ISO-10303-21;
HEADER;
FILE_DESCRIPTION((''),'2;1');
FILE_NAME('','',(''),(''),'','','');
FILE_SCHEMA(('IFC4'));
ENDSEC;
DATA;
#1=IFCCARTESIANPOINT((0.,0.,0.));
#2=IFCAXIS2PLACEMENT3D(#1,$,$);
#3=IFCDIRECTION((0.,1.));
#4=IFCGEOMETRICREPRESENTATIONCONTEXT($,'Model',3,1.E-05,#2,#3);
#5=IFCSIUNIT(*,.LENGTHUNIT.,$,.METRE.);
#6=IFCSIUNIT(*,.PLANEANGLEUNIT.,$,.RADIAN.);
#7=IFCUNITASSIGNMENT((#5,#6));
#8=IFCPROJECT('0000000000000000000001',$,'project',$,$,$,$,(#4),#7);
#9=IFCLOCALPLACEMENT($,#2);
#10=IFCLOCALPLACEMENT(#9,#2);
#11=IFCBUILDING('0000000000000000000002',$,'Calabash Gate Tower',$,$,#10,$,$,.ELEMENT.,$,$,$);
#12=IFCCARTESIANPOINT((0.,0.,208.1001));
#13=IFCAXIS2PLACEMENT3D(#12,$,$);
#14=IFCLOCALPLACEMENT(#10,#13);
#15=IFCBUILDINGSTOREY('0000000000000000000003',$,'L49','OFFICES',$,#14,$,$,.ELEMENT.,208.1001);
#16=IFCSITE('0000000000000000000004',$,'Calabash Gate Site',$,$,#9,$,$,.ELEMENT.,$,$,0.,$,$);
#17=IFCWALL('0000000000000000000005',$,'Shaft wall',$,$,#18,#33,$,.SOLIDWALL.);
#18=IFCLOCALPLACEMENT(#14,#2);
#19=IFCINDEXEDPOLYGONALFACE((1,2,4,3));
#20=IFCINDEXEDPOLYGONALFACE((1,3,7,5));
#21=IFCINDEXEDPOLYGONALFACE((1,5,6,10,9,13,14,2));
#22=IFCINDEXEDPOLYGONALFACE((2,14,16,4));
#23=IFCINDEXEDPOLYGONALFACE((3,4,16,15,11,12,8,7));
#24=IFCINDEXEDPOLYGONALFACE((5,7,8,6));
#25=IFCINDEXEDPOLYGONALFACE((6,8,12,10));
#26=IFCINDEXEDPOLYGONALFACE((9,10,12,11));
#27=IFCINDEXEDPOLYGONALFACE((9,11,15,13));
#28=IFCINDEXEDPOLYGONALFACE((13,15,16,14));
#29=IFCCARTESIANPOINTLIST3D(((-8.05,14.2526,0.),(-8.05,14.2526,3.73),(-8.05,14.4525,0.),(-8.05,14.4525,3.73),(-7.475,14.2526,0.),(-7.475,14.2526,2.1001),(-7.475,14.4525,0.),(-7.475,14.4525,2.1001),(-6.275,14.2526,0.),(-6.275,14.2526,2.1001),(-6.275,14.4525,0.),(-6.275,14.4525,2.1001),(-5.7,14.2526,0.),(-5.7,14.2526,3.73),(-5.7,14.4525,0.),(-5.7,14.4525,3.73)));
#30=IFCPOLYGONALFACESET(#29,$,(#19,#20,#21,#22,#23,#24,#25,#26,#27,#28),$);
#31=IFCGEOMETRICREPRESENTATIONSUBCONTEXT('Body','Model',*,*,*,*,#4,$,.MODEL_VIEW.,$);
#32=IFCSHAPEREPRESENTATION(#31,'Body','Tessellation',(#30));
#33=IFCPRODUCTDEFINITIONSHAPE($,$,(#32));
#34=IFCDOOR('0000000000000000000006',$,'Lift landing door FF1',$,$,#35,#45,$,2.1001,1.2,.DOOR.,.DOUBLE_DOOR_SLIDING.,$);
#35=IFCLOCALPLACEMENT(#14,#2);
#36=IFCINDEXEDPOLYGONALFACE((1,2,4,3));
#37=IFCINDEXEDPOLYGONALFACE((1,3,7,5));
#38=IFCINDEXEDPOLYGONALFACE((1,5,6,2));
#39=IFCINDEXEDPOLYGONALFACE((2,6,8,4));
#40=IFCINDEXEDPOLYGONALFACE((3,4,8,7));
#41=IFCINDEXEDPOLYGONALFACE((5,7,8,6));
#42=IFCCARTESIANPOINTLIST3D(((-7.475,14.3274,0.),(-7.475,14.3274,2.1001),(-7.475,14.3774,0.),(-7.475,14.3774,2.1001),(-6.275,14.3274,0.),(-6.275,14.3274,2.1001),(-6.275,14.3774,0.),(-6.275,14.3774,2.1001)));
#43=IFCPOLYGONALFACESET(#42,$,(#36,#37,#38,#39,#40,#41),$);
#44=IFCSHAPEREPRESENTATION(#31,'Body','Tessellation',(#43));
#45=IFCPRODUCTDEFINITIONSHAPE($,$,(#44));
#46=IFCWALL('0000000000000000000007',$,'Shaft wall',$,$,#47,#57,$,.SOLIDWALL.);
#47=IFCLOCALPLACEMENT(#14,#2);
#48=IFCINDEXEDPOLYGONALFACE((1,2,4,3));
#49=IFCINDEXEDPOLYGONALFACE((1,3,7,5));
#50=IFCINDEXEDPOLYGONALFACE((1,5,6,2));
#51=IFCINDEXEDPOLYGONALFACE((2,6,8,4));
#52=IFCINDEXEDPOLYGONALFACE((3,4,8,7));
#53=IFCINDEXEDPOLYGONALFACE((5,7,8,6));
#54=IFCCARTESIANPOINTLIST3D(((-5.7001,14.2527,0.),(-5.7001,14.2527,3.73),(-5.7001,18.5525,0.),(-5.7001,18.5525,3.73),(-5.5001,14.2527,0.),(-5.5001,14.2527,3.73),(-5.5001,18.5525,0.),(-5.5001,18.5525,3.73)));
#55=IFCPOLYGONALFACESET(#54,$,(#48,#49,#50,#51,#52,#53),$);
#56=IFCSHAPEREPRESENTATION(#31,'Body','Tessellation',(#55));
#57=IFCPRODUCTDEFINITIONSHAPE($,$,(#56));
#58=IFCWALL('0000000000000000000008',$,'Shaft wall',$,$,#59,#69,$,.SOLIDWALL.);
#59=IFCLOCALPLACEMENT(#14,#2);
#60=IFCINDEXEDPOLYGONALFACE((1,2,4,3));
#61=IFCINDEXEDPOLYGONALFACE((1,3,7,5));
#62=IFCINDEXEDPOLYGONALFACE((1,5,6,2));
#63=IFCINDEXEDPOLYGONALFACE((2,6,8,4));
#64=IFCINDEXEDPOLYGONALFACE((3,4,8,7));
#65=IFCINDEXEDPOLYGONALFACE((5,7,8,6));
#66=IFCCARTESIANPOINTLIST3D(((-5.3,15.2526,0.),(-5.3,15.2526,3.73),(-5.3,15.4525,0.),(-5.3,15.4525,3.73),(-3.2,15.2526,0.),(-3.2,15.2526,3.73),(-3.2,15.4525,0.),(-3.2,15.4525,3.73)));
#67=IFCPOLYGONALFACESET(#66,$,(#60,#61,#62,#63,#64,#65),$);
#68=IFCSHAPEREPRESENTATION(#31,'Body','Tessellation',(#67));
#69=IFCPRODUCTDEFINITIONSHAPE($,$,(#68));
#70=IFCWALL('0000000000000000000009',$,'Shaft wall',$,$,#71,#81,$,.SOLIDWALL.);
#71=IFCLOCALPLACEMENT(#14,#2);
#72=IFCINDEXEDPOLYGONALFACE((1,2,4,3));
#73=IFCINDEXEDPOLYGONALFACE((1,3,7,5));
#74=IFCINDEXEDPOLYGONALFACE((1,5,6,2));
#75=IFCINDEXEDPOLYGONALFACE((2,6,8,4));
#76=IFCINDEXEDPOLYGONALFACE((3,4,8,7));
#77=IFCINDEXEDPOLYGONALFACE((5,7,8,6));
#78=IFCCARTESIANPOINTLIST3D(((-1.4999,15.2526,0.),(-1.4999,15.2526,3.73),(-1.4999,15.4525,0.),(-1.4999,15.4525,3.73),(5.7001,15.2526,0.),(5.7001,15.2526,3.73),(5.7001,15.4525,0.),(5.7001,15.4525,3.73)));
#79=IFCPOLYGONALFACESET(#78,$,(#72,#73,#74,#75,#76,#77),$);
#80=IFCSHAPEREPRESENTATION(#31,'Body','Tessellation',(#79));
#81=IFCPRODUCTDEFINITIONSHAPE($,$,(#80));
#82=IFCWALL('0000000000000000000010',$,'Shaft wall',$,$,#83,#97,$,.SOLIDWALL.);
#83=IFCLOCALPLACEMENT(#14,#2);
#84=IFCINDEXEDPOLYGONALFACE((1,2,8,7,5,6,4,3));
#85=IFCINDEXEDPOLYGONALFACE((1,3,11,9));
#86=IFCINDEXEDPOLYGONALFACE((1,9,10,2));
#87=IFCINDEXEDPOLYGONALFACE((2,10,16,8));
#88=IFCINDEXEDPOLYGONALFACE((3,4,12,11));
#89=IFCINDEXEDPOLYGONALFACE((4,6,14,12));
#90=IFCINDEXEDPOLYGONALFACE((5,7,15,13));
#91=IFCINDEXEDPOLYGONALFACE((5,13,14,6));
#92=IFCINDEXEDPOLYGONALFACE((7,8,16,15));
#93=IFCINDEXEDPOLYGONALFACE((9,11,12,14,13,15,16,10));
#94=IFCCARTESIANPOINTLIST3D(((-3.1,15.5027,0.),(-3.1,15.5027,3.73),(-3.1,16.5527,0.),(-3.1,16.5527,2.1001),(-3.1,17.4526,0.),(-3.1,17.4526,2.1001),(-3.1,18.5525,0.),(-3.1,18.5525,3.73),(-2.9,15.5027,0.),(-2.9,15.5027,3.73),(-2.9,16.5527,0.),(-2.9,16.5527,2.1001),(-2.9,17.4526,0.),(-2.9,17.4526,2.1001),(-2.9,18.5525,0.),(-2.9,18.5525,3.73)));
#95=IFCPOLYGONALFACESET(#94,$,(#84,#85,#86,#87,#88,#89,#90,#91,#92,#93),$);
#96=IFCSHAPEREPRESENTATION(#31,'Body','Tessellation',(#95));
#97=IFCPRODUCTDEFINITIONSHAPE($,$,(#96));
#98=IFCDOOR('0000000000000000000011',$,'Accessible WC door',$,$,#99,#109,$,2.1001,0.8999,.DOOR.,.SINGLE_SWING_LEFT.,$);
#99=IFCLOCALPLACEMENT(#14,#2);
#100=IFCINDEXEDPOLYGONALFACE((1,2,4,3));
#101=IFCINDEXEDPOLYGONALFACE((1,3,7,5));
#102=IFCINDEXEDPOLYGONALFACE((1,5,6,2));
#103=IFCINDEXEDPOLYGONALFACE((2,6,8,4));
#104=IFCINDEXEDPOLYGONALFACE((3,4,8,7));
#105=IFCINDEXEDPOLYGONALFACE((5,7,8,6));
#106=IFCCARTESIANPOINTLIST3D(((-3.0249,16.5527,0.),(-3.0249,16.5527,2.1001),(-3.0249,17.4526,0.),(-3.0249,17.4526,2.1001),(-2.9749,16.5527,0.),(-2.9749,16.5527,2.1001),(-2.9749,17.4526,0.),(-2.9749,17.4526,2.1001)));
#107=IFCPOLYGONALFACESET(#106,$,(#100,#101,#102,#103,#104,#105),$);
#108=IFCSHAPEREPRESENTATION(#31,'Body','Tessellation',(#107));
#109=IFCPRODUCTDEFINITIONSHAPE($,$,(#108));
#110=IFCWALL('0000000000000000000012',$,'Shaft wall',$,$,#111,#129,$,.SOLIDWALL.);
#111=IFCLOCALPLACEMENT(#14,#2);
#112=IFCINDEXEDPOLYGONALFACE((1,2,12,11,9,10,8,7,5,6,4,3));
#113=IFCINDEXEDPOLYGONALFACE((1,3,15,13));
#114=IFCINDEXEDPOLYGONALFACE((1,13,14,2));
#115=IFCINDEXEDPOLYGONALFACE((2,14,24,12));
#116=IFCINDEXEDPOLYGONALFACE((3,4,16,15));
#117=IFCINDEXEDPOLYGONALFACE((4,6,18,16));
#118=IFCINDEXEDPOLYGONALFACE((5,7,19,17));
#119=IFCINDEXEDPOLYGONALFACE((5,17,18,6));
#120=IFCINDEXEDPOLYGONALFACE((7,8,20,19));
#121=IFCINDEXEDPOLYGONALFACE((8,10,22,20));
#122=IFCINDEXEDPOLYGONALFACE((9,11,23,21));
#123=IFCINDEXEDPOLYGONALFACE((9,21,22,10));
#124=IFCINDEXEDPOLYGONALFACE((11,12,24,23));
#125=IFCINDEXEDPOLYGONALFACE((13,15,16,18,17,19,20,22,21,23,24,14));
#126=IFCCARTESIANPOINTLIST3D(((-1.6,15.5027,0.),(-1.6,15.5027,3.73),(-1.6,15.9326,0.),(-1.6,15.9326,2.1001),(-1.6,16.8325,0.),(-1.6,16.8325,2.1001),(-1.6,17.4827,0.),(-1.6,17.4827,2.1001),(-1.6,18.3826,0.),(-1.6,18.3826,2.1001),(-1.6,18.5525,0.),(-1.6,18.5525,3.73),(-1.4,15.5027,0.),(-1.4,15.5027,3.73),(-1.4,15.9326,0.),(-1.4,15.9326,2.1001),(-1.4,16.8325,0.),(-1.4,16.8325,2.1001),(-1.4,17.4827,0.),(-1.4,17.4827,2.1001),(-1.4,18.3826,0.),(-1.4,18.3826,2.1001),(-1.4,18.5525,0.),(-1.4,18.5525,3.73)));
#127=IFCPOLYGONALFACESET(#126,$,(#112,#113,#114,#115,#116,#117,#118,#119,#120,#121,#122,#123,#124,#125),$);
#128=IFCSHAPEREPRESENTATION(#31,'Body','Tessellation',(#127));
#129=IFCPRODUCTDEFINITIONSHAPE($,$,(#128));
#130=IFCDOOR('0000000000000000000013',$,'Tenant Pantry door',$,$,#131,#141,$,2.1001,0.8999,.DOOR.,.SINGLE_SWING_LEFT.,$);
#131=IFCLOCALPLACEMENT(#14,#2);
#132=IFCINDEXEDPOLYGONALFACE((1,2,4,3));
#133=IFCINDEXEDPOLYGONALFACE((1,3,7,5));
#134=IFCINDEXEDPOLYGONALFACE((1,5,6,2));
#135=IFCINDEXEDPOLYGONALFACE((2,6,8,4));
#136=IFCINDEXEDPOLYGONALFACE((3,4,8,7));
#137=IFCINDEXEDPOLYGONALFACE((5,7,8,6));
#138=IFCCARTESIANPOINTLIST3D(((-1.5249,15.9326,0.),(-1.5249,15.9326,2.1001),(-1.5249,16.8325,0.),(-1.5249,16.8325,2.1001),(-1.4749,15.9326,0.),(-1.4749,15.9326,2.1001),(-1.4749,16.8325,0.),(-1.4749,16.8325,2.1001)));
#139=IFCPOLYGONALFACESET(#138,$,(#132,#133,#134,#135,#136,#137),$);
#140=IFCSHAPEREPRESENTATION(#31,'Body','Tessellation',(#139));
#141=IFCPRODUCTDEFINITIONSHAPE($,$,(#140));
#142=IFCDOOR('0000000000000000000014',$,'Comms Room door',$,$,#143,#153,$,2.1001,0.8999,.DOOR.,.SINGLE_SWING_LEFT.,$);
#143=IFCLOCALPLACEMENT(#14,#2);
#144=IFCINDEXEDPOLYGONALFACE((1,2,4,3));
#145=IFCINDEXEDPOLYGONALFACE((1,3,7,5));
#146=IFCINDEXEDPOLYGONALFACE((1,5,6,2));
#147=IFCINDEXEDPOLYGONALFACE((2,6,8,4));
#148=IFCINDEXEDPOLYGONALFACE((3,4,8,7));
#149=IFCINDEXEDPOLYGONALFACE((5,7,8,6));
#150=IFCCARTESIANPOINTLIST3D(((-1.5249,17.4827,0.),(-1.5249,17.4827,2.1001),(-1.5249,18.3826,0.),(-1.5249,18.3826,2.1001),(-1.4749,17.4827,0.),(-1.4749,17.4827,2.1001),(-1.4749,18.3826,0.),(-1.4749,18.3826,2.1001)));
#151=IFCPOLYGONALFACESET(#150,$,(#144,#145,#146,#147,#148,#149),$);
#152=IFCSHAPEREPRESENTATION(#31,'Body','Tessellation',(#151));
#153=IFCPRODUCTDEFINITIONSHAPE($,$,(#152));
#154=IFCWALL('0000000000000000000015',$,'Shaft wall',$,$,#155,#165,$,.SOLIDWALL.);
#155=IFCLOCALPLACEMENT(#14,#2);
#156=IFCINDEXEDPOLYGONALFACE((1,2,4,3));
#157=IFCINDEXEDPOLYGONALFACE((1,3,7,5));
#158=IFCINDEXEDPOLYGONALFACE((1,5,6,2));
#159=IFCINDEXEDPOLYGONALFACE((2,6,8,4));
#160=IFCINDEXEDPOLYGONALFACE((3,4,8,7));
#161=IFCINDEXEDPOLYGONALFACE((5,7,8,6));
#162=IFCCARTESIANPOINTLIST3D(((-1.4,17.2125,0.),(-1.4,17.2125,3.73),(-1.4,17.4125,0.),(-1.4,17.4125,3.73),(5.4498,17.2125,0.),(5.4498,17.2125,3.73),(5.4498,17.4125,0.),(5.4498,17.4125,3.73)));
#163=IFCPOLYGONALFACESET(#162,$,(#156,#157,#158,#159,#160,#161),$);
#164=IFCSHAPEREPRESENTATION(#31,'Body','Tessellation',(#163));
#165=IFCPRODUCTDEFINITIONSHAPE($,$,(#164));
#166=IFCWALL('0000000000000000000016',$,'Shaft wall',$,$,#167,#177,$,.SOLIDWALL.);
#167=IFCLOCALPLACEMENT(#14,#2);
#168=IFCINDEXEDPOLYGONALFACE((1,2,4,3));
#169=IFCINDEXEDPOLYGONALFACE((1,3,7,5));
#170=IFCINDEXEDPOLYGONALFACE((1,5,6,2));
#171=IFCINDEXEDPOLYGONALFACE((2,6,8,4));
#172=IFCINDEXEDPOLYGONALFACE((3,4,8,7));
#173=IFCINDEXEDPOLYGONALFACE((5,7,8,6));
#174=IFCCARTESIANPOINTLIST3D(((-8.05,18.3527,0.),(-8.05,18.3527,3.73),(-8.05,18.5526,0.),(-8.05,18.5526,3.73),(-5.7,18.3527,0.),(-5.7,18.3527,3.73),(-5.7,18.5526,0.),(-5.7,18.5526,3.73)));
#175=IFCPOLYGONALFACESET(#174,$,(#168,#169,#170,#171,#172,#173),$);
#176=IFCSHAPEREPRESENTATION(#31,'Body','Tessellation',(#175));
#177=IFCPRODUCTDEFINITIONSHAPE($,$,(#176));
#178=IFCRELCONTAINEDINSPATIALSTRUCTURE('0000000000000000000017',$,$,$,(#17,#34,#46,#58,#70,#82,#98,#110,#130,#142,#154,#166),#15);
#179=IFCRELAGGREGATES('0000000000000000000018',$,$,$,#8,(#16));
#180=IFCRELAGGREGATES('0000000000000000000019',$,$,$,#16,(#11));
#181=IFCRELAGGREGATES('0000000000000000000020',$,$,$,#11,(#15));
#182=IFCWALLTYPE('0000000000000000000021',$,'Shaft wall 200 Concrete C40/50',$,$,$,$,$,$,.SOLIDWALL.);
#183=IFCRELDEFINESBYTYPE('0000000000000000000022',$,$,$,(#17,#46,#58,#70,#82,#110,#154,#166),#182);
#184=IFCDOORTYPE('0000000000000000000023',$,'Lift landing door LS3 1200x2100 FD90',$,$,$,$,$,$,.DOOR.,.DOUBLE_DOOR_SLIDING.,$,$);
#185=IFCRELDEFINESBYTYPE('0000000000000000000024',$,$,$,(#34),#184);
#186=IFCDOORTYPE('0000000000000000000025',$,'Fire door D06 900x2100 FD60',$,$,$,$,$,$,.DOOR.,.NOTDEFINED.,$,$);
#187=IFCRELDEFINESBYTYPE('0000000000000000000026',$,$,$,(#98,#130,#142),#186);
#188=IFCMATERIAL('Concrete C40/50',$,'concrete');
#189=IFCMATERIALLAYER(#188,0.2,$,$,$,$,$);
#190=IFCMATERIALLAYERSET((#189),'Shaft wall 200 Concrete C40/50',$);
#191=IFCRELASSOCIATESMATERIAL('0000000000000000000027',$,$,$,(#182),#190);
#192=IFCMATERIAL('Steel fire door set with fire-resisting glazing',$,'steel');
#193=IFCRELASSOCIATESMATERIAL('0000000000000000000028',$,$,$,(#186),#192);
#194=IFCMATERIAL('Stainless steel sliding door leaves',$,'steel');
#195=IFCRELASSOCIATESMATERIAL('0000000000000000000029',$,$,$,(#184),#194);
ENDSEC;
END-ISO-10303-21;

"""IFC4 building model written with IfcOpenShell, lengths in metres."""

from ifc_helpers import new_model, si_unit, direction, frame, frame_2d, origin, place, context, subcontext, project, spatial, rectangle, extrude, material, layer, layer_set, type_object, element, fill, save


model = new_model("IFC4")

# Units and contexts
model_context = context("Model", 3, precision=1e-05, world=origin(), true_north=direction((0.0, 1.0)))
body_context = subcontext(model_context, "Body", "Model", "MODEL_VIEW")
ifc_project = project(units=[si_unit("LENGTHUNIT", "METRE"), si_unit("PLANEANGLEUNIT", "RADIAN")], contexts=[model_context])

# Site, building, storey
site_placement = place(None, origin())
site = spatial("IfcSite", under=ifc_project, at=site_placement, Name="Calabash Gate Site", CompositionType="ELEMENT", RefElevation=0.0)
building_placement = place(site_placement, origin())
building = spatial("IfcBuilding", under=site, at=building_placement, Name="Calabash Gate Tower", CompositionType="ELEMENT")
storey_placement = place(building_placement, frame((0.0, 0.0, 208.1001)))
storey = spatial("IfcBuildingStorey", under=building, at=storey_placement, Name="L49", Description="OFFICES", CompositionType="ELEMENT", Elevation=208.1001)

# Shared definitions
ifc_material_1 = material(Name="Concrete C40/50", Category="concrete")
ifc_layer_1 = layer(ifc_material_1, 0.2)
ifc_layer_set_1 = layer_set([ifc_layer_1], Name="Shaft wall 200 Concrete C40/50")
wall_type_1 = type_object("IfcWallType", Name="Shaft wall 200 Concrete C40/50", PredefinedType="SOLIDWALL", material=ifc_layer_set_1)
ifc_material_2 = material(Name="Steel fire door set with fire-resisting glazing", Category="steel")
door_type_1 = type_object("IfcDoorType", Name="Fire door D06 900x2100 FD60", OperationType="NOTDEFINED", PredefinedType="DOOR", material=ifc_material_2)

# Wall, opening, door
wall_1_placement = place(storey_placement, frame((-8.05, 14.3525, 0.0), z_axis=(0.0, 0.0, 1.0), x_axis=(1.0, 0.0, 0.0)))
wall_1 = element("IfcWall", 1, at=wall_1_placement, inside=storey, type_object=wall_type_1, Name="Shaft wall", PredefinedType="SOLIDWALL", context=body_context, shape_type="SweptSolid", body=[
    extrude(rectangle(XDim=2.3501, YDim=0.2, at=frame_2d((1.175, 0.0))), origin(), (0.0, 0.0, 1.0), 3.73),
])
opening_1_placement = place(wall_1_placement, frame((0.575, 0.0, 0.0)))
opening_1 = element("IfcOpeningElement", 2, at=opening_1_placement, cuts=wall_1, PredefinedType="OPENING", context=body_context, shape_type="SweptSolid", body=[
    extrude(rectangle(XDim=1.2, YDim=2.1001, at=frame_2d((0.6001, 1.05))), frame((0.0, 0.1099, 0.0), z_axis=(0.0, -1.0, 0.0), x_axis=(1.0, 0.0, 0.0)), (0.0, 0.0, 1.0), 0.22),
])
ifc_material_3 = material(Name="Stainless steel sliding door leaves", Category="steel")
door_type_2 = type_object("IfcDoorType", Name="Lift landing door LS3 1200x2100 FD90", OperationType="DOUBLE_DOOR_SLIDING", PredefinedType="DOOR", material=ifc_material_3)
door_1_placement = place(opening_1_placement, origin())
door_1 = element("IfcDoor", 3, at=door_1_placement, inside=storey, type_object=door_type_2, Name="Lift landing door FF1", OperationType="DOUBLE_DOOR_SLIDING", OverallHeight=2.1001, OverallWidth=1.2, PredefinedType="DOOR", context=body_context, shape_type="SweptSolid", body=[
    extrude(rectangle(XDim=1.2, YDim=2.1001, at=frame_2d((0.6001, 1.05))), frame((0.0, 0.0249, 0.0), z_axis=(0.0, -1.0, 0.0), x_axis=(1.0, 0.0, 0.0)), (0.0, 0.0, 1.0), 0.05),
])
fill(opening_1, door_1)

# Walls
wall_2_placement = place(storey_placement, frame((-5.6001, 14.2527, 0.0), z_axis=(0.0, 0.0, 1.0), x_axis=(0.0, 1.0, 0.0)))
element("IfcWall", 4, at=wall_2_placement, inside=storey, type_object=wall_type_1, Name="Shaft wall", PredefinedType="SOLIDWALL", context=body_context, shape_type="SweptSolid", body=[
    extrude(rectangle(XDim=4.2998, YDim=0.2, at=frame_2d((2.1499, 0.0))), origin(), (0.0, 0.0, 1.0), 3.73),
])
wall_3_placement = place(storey_placement, frame((-5.3, 15.3525, 0.0), z_axis=(0.0, 0.0, 1.0), x_axis=(1.0, 0.0, 0.0)))
element("IfcWall", 5, at=wall_3_placement, inside=storey, type_object=wall_type_1, Name="Shaft wall", PredefinedType="SOLIDWALL", context=body_context, shape_type="SweptSolid", body=[
    extrude(rectangle(XDim=2.1001, YDim=0.2, at=frame_2d((1.05, 0.0))), origin(), (0.0, 0.0, 1.0), 3.73),
])
wall_4_placement = place(storey_placement, frame((-1.5, 15.3525, 0.0), z_axis=(0.0, 0.0, 1.0), x_axis=(1.0, 0.0, 0.0)))
element("IfcWall", 6, at=wall_4_placement, inside=storey, type_object=wall_type_1, Name="Shaft wall", PredefinedType="SOLIDWALL", context=body_context, shape_type="SweptSolid", body=[
    extrude(rectangle(XDim=7.2, YDim=0.2, at=frame_2d((3.6001, 0.0))), origin(), (0.0, 0.0, 1.0), 3.73),
])

# Wall, opening, door
wall_5_placement = place(storey_placement, frame((-3.0, 15.5027, 0.0), z_axis=(0.0, 0.0, 1.0), x_axis=(0.0, 1.0, 0.0)))
wall_5 = element("IfcWall", 7, at=wall_5_placement, inside=storey, type_object=wall_type_1, Name="Shaft wall", PredefinedType="SOLIDWALL", context=body_context, shape_type="SweptSolid", body=[
    extrude(rectangle(XDim=3.0498, YDim=0.2, at=frame_2d((1.5249, 0.0))), origin(), (0.0, 0.0, 1.0), 3.73),
])
opening_2_placement = place(wall_5_placement, frame((1.05, 0.0, 0.0)))
opening_2 = element("IfcOpeningElement", 8, at=opening_2_placement, cuts=wall_5, PredefinedType="OPENING", context=body_context, shape_type="SweptSolid", body=[
    extrude(rectangle(XDim=0.8999, YDim=2.1001, at=frame_2d((0.45, 1.05))), frame((0.0, 0.1099, 0.0), z_axis=(0.0, -1.0, 0.0), x_axis=(1.0, 0.0, 0.0)), (0.0, 0.0, 1.0), 0.22),
])
door_2_placement = place(opening_2_placement, origin())
door_2 = element("IfcDoor", 9, at=door_2_placement, inside=storey, type_object=door_type_1, Name="Accessible WC door", OperationType="SINGLE_SWING_LEFT", OverallHeight=2.1001, OverallWidth=0.8999, PredefinedType="DOOR", context=body_context, shape_type="SweptSolid", body=[
    extrude(rectangle(XDim=0.8999, YDim=2.1001, at=frame_2d((0.45, 1.05))), frame((0.0, 0.0249, 0.0), z_axis=(0.0, -1.0, 0.0), x_axis=(1.0, 0.0, 0.0)), (0.0, 0.0, 1.0), 0.05),
])
fill(opening_2, door_2)

# Wall, openings, doors
wall_6_placement = place(storey_placement, frame((-1.5, 15.5027, 0.0), z_axis=(0.0, 0.0, 1.0), x_axis=(0.0, 1.0, 0.0)))
wall_6 = element("IfcWall", 10, at=wall_6_placement, inside=storey, type_object=wall_type_1, Name="Shaft wall", PredefinedType="SOLIDWALL", context=body_context, shape_type="SweptSolid", body=[
    extrude(rectangle(XDim=3.0498, YDim=0.2, at=frame_2d((1.5249, 0.0))), origin(), (0.0, 0.0, 1.0), 3.73),
])
opening_3_placement = place(wall_6_placement, frame((0.4299, 0.0, 0.0)))
opening_3 = element("IfcOpeningElement", 11, at=opening_3_placement, cuts=wall_6, PredefinedType="OPENING", context=body_context, shape_type="SweptSolid", body=[
    extrude(rectangle(XDim=0.8999, YDim=2.1001, at=frame_2d((0.45, 1.05))), frame((0.0, 0.1099, 0.0), z_axis=(0.0, -1.0, 0.0), x_axis=(1.0, 0.0, 0.0)), (0.0, 0.0, 1.0), 0.22),
])
opening_4_placement = place(wall_6_placement, frame((1.98, 0.0, 0.0)))
opening_4 = element("IfcOpeningElement", 12, at=opening_4_placement, cuts=wall_6, PredefinedType="OPENING", context=body_context, shape_type="SweptSolid", body=[
    extrude(rectangle(XDim=0.8999, YDim=2.1001, at=frame_2d((0.45, 1.05))), frame((0.0, 0.1099, 0.0), z_axis=(0.0, -1.0, 0.0), x_axis=(1.0, 0.0, 0.0)), (0.0, 0.0, 1.0), 0.22),
])
door_3_placement = place(opening_3_placement, origin())
door_3 = element("IfcDoor", 13, at=door_3_placement, inside=storey, type_object=door_type_1, Name="Tenant Pantry door", OperationType="SINGLE_SWING_LEFT", OverallHeight=2.1001, OverallWidth=0.8999, PredefinedType="DOOR", context=body_context, shape_type="SweptSolid", body=[
    extrude(rectangle(XDim=0.8999, YDim=2.1001, at=frame_2d((0.45, 1.05))), frame((0.0, 0.0249, 0.0), z_axis=(0.0, -1.0, 0.0), x_axis=(1.0, 0.0, 0.0)), (0.0, 0.0, 1.0), 0.05),
])
fill(opening_3, door_3)
door_4_placement = place(opening_4_placement, origin())
door_4 = element("IfcDoor", 14, at=door_4_placement, inside=storey, type_object=door_type_1, Name="Comms Room door", OperationType="SINGLE_SWING_LEFT", OverallHeight=2.1001, OverallWidth=0.8999, PredefinedType="DOOR", context=body_context, shape_type="SweptSolid", body=[
    extrude(rectangle(XDim=0.8999, YDim=2.1001, at=frame_2d((0.45, 1.05))), frame((0.0, 0.0249, 0.0), z_axis=(0.0, -1.0, 0.0), x_axis=(1.0, 0.0, 0.0)), (0.0, 0.0, 1.0), 0.05),
])
fill(opening_4, door_4)

# Walls
wall_7_placement = place(storey_placement, frame((-1.3999, 17.3125, 0.0), z_axis=(0.0, 0.0, 1.0), x_axis=(1.0, 0.0, 0.0)))
element("IfcWall", 15, at=wall_7_placement, inside=storey, type_object=wall_type_1, Name="Shaft wall", PredefinedType="SOLIDWALL", context=body_context, shape_type="SweptSolid", body=[
    extrude(rectangle(XDim=6.8499, YDim=0.2, at=frame_2d((3.4248, 0.0))), origin(), (0.0, 0.0, 1.0), 3.73),
])
wall_8_placement = place(storey_placement, frame((-8.05, 18.4526, 0.0), z_axis=(0.0, 0.0, 1.0), x_axis=(1.0, 0.0, 0.0)))
element("IfcWall", 16, at=wall_8_placement, inside=storey, type_object=wall_type_1, Name="Shaft wall", PredefinedType="SOLIDWALL", context=body_context, shape_type="SweptSolid", body=[
    extrude(rectangle(XDim=2.3501, YDim=0.2, at=frame_2d((1.175, 0.0))), origin(), (0.0, 0.0, 1.0), 3.73),
])

save(model, "model.ifc")
